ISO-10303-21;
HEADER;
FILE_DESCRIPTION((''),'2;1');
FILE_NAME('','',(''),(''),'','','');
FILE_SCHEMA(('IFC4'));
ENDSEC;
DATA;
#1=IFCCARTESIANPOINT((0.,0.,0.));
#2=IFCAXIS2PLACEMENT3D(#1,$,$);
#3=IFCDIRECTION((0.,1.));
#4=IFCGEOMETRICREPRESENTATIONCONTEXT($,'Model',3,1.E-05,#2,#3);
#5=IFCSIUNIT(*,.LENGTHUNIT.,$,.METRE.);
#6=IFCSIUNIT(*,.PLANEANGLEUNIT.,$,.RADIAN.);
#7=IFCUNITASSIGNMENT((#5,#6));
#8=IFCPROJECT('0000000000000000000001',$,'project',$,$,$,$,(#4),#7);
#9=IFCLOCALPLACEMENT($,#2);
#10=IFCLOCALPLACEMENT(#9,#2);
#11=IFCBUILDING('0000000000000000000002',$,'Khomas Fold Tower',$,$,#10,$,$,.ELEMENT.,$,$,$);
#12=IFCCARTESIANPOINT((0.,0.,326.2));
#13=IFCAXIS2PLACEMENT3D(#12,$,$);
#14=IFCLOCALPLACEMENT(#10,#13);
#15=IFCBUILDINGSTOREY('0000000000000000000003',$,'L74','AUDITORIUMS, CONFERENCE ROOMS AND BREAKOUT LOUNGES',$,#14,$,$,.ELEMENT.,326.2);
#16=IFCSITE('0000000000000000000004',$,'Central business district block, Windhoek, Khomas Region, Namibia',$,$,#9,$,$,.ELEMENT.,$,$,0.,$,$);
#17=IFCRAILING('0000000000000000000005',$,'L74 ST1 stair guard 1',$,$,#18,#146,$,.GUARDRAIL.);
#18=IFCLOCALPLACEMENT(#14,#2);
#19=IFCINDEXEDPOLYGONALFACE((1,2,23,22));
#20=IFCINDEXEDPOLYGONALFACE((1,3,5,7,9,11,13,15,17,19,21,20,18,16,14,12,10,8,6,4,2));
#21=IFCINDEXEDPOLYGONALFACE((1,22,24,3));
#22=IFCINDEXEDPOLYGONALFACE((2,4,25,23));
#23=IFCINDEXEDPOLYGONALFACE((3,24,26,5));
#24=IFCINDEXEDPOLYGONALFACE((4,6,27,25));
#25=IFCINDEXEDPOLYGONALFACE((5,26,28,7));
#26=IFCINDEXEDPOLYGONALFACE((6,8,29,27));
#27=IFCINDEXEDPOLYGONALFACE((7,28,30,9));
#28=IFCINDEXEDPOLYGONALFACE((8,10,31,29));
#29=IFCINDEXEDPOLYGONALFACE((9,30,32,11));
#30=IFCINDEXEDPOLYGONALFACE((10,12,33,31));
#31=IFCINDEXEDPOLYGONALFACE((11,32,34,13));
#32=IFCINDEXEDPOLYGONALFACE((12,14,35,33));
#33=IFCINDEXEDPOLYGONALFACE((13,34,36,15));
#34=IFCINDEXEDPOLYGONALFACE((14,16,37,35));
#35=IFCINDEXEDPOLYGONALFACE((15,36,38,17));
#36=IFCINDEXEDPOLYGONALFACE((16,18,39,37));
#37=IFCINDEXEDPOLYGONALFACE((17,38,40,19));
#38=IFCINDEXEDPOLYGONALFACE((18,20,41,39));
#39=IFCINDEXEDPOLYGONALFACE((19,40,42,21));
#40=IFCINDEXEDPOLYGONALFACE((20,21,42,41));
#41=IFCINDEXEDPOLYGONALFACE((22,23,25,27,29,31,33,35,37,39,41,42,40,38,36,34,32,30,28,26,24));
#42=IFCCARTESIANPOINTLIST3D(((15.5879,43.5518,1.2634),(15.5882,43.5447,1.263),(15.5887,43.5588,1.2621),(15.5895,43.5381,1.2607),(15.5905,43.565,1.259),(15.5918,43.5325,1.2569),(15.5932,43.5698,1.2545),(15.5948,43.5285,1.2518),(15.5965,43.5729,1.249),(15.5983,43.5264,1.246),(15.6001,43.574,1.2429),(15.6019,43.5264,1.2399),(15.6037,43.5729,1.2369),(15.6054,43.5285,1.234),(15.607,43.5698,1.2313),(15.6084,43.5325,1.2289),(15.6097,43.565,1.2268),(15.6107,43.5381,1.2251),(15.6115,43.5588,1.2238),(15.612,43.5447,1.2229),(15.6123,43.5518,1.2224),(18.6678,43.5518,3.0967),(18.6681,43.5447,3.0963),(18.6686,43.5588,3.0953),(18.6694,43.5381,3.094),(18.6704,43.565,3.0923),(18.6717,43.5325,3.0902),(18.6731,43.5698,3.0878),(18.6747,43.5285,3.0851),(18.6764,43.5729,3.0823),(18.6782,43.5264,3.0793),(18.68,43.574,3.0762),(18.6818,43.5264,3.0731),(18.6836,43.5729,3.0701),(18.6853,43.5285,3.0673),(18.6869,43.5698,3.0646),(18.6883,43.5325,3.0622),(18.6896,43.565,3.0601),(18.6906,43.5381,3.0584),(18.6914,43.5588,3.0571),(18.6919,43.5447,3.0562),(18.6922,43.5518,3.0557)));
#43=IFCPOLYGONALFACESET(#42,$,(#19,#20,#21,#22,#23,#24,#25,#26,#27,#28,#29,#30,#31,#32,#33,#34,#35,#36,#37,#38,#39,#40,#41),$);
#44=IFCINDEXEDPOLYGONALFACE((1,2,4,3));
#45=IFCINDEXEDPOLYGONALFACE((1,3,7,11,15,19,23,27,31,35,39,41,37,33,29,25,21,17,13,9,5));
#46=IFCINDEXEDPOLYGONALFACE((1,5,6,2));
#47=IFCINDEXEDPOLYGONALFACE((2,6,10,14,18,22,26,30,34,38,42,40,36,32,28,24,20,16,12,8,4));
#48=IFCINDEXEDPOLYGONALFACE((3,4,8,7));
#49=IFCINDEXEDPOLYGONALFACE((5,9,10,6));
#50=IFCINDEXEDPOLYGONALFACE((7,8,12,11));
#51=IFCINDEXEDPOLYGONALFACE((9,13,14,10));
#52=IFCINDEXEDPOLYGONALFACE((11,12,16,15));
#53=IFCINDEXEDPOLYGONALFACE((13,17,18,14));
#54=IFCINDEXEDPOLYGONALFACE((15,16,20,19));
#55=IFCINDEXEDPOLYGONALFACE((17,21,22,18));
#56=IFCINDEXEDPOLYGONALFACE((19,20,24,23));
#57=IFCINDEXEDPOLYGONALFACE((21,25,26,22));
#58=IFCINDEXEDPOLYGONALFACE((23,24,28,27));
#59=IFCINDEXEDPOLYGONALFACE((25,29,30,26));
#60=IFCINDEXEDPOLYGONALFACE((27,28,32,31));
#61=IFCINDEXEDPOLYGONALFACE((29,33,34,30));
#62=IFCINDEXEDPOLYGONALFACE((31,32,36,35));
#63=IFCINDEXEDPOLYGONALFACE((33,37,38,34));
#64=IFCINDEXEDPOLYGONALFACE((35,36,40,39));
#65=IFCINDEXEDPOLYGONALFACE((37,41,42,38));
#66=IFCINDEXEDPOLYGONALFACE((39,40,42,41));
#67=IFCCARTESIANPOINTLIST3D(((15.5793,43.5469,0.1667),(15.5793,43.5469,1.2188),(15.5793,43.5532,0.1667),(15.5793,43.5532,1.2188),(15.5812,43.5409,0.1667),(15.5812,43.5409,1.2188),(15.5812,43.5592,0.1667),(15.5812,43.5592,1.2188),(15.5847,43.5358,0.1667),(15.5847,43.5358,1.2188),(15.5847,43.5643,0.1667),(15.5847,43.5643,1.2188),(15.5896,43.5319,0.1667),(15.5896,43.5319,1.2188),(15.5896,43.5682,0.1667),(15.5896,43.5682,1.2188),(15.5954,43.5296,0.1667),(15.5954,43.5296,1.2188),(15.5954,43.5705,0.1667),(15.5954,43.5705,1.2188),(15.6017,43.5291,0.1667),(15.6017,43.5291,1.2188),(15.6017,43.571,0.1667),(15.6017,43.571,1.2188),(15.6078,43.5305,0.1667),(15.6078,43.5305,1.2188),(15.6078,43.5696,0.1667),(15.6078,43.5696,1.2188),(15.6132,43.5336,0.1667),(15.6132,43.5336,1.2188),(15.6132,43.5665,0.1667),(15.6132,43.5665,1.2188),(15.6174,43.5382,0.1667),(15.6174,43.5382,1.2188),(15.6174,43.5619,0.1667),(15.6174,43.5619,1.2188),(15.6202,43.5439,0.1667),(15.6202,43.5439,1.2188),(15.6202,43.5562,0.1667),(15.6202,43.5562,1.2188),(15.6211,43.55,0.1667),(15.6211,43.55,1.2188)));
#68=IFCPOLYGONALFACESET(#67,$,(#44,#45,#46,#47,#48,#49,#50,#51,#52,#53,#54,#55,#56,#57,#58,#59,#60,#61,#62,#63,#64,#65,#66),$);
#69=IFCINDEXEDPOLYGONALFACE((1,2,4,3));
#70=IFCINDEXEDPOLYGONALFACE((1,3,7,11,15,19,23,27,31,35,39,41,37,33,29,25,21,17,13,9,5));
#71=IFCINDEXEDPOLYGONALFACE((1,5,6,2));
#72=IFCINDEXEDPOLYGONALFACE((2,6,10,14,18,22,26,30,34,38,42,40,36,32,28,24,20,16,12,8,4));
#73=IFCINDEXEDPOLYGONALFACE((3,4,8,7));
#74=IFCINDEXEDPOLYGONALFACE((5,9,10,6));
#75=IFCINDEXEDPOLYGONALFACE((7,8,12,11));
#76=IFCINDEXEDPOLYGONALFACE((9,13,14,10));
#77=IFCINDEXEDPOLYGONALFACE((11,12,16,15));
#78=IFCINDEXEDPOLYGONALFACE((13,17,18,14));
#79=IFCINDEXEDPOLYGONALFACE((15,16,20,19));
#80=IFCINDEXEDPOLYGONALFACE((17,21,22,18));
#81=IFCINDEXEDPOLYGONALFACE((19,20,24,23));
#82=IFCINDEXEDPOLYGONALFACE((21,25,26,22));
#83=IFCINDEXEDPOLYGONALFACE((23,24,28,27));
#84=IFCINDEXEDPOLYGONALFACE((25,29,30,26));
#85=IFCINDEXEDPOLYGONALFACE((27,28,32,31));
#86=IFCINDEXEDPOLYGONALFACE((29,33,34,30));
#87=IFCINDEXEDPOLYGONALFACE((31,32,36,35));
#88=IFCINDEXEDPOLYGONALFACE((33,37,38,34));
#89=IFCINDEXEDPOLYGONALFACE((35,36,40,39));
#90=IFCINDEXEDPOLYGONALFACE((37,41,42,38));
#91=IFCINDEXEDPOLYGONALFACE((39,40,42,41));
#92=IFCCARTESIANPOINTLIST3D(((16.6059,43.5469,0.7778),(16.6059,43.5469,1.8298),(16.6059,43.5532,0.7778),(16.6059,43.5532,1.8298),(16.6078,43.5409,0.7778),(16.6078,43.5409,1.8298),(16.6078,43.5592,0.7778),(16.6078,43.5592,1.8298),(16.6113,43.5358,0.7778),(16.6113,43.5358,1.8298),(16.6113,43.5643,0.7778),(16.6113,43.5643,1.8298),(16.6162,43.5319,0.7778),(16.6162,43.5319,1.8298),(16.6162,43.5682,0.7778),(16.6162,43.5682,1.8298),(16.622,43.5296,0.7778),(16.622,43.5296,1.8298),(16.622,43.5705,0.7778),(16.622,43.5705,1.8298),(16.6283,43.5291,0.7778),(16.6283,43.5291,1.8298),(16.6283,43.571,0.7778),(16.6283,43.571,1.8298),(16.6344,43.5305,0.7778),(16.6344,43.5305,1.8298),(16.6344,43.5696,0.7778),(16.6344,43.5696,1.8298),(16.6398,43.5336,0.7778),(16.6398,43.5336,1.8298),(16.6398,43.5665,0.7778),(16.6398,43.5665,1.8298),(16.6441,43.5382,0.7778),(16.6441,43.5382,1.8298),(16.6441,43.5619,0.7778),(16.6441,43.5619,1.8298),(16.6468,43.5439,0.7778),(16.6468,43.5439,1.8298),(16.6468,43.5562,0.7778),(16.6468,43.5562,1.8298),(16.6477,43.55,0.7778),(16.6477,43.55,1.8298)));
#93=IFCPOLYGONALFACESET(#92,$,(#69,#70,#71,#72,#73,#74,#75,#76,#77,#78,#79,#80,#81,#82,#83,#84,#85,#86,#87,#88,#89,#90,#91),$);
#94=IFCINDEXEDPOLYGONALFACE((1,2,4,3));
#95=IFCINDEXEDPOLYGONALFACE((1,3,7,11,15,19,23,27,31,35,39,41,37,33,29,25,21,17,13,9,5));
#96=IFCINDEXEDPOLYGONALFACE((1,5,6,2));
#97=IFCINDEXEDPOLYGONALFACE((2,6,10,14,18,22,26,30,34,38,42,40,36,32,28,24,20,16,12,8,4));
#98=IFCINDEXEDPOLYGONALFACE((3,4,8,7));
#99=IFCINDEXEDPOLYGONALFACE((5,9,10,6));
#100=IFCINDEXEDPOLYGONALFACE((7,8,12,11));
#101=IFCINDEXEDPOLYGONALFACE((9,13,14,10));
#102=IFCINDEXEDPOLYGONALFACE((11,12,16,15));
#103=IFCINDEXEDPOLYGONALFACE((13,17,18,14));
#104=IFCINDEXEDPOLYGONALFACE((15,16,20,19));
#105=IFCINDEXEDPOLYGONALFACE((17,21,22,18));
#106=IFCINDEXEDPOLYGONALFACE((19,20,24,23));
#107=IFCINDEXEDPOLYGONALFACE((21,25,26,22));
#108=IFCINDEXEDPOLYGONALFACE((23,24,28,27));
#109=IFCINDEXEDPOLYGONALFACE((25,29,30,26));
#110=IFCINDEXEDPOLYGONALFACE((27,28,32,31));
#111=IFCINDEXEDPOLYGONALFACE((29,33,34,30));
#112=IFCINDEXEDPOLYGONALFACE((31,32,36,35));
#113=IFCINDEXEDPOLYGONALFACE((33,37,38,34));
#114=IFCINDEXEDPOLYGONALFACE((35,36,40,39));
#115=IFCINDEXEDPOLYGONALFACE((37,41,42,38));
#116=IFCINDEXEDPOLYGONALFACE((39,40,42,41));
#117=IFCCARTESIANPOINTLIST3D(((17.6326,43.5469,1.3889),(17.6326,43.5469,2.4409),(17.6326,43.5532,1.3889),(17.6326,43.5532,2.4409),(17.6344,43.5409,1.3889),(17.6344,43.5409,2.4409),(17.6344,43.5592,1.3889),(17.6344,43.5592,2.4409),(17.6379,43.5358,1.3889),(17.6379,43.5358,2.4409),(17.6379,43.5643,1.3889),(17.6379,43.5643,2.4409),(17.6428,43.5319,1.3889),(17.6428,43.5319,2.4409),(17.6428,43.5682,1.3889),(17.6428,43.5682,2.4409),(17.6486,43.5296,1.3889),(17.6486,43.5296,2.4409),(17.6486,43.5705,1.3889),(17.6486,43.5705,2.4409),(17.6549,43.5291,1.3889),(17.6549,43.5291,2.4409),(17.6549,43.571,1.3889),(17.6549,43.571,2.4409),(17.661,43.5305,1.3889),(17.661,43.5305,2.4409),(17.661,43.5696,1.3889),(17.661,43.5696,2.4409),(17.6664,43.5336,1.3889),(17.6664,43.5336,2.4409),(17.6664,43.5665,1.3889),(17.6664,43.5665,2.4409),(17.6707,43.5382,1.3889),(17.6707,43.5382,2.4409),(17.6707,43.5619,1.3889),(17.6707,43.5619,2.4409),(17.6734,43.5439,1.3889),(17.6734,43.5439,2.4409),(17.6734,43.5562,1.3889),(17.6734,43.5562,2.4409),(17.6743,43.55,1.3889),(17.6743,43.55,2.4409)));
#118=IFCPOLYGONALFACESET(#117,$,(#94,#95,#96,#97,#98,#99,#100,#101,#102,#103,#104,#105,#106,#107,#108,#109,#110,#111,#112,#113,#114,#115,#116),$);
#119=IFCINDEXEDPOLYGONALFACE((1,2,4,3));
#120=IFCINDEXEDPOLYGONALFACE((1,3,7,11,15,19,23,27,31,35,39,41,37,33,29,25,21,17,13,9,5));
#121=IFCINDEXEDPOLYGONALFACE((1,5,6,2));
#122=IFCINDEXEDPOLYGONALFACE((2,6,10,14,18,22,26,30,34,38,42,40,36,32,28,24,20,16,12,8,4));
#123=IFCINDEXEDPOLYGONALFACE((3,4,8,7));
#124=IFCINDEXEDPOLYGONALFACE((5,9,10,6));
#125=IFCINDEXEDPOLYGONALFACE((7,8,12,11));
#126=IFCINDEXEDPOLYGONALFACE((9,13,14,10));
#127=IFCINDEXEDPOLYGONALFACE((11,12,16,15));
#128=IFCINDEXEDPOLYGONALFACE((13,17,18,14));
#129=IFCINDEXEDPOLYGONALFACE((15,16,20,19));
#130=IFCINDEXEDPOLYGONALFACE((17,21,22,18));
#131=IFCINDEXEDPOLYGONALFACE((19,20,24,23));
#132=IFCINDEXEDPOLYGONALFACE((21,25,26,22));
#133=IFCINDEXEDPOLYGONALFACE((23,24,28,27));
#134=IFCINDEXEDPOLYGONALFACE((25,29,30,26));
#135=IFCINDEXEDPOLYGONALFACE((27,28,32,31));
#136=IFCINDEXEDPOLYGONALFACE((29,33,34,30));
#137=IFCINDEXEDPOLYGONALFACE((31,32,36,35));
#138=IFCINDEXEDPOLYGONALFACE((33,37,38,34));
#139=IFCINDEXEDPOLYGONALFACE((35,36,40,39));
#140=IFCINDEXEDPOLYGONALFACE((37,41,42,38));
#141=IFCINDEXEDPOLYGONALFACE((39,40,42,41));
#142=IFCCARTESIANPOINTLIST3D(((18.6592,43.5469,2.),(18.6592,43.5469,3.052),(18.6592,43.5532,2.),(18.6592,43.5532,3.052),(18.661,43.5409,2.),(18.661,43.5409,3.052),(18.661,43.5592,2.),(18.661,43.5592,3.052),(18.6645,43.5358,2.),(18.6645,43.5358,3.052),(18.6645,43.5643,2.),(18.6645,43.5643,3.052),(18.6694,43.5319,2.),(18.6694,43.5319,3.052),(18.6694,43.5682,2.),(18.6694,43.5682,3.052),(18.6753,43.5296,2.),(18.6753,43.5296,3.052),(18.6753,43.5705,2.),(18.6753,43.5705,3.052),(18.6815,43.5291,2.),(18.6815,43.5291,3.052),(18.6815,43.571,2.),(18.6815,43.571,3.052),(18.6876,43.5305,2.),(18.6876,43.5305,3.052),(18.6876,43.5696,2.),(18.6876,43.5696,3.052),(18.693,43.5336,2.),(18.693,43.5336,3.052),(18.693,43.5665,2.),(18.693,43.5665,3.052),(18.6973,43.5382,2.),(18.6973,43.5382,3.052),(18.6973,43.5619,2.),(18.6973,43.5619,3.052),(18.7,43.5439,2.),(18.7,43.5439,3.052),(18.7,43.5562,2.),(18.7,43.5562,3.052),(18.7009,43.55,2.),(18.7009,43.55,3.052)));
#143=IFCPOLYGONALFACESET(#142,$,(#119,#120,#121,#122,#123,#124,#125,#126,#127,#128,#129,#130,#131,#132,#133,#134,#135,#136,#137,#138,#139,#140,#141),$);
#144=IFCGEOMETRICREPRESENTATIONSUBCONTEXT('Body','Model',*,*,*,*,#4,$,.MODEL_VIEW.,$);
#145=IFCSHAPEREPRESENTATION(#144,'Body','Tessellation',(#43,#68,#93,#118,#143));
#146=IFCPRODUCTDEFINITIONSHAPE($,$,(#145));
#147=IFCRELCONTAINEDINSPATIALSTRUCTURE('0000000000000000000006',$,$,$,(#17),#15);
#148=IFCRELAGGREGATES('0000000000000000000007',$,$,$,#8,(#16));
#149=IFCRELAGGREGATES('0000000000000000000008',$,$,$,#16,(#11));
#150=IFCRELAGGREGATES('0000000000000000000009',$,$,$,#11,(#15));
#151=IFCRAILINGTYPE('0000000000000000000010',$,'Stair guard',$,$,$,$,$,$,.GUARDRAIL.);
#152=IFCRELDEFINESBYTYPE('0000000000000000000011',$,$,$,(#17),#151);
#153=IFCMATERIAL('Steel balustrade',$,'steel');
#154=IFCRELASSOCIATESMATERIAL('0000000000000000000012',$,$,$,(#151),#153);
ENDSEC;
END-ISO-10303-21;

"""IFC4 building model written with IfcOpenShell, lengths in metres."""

from ifc_helpers import new_model, si_unit, direction, frame, origin, origin_2d, place, context, subcontext, project, spatial, circle, extrude, source, transform, mapped, material, type_object, element, save


model = new_model("IFC4")

# Units and contexts
model_context = context("Model", 3, precision=1e-05, world=origin(), true_north=direction((0.0, 1.0)))
body_context = subcontext(model_context, "Body", "Model", "MODEL_VIEW")
ifc_project = project(units=[si_unit("LENGTHUNIT", "METRE"), si_unit("PLANEANGLEUNIT", "RADIAN")], contexts=[model_context])

# Site, building, storey
site_placement = place(None, origin())
site = spatial("IfcSite", under=ifc_project, at=site_placement, Name="Central business district block, Windhoek, Khomas Region, Namibia", CompositionType="ELEMENT", RefElevation=0.0)
building_placement = place(site_placement, origin())
building = spatial("IfcBuilding", under=site, at=building_placement, Name="Khomas Fold Tower", CompositionType="ELEMENT")
storey_placement = place(building_placement, frame((0.0, 0.0, 326.2)))
storey = spatial("IfcBuildingStorey", under=building, at=storey_placement, Name="L74", Description="AUDITORIUMS, CONFERENCE ROOMS AND BREAKOUT LOUNGES", CompositionType="ELEMENT", Elevation=326.2)

# Railing
ifc_material_1 = material(Name="Steel balustrade", Category="steel")
railing_type_1 = type_object("IfcRailingType", Name="Stair guard", PredefinedType="GUARDRAIL", material=ifc_material_1)
shared_shape_1 = source(origin(), body_context, "Body", "SweptSolid", [
    extrude(circle(Radius=0.0239, at=origin_2d()), frame((0.0, 0.0, 1.0762), z_axis=(0.859291, 0.0, 0.511487), x_axis=(0.0, 1.0, 0.0)), (0.0, 0.0, 1.0), 3.5842),
    extrude(circle(Radius=0.021, at=origin_2d()), origin(), (0.0, 0.0, 1.0), 1.052),
    extrude(circle(Radius=0.021, at=origin_2d()), frame((1.0266, 0.0, 0.6111)), (0.0, 0.0, 1.0), 1.052),
    extrude(circle(Radius=0.021, at=origin_2d()), frame((2.0532, 0.0, 1.2222)), (0.0, 0.0, 1.0), 1.052),
    extrude(circle(Radius=0.021, at=origin_2d()), frame((3.0798, 0.0, 1.8333)), (0.0, 0.0, 1.0), 1.052),
])
railing_1_placement = place(storey_placement, frame((15.6001, 43.55, 0.1667)))
element("IfcRailing", 1, at=railing_1_placement, inside=storey, type_object=railing_type_1, Name="L74 ST1 stair guard 1", PredefinedType="GUARDRAIL", context=body_context, shape_type="MappedRepresentation", body=[
    mapped(shared_shape_1, transform((0.0, 0.0, 0.0))),
])

save(model, "model.ifc")
